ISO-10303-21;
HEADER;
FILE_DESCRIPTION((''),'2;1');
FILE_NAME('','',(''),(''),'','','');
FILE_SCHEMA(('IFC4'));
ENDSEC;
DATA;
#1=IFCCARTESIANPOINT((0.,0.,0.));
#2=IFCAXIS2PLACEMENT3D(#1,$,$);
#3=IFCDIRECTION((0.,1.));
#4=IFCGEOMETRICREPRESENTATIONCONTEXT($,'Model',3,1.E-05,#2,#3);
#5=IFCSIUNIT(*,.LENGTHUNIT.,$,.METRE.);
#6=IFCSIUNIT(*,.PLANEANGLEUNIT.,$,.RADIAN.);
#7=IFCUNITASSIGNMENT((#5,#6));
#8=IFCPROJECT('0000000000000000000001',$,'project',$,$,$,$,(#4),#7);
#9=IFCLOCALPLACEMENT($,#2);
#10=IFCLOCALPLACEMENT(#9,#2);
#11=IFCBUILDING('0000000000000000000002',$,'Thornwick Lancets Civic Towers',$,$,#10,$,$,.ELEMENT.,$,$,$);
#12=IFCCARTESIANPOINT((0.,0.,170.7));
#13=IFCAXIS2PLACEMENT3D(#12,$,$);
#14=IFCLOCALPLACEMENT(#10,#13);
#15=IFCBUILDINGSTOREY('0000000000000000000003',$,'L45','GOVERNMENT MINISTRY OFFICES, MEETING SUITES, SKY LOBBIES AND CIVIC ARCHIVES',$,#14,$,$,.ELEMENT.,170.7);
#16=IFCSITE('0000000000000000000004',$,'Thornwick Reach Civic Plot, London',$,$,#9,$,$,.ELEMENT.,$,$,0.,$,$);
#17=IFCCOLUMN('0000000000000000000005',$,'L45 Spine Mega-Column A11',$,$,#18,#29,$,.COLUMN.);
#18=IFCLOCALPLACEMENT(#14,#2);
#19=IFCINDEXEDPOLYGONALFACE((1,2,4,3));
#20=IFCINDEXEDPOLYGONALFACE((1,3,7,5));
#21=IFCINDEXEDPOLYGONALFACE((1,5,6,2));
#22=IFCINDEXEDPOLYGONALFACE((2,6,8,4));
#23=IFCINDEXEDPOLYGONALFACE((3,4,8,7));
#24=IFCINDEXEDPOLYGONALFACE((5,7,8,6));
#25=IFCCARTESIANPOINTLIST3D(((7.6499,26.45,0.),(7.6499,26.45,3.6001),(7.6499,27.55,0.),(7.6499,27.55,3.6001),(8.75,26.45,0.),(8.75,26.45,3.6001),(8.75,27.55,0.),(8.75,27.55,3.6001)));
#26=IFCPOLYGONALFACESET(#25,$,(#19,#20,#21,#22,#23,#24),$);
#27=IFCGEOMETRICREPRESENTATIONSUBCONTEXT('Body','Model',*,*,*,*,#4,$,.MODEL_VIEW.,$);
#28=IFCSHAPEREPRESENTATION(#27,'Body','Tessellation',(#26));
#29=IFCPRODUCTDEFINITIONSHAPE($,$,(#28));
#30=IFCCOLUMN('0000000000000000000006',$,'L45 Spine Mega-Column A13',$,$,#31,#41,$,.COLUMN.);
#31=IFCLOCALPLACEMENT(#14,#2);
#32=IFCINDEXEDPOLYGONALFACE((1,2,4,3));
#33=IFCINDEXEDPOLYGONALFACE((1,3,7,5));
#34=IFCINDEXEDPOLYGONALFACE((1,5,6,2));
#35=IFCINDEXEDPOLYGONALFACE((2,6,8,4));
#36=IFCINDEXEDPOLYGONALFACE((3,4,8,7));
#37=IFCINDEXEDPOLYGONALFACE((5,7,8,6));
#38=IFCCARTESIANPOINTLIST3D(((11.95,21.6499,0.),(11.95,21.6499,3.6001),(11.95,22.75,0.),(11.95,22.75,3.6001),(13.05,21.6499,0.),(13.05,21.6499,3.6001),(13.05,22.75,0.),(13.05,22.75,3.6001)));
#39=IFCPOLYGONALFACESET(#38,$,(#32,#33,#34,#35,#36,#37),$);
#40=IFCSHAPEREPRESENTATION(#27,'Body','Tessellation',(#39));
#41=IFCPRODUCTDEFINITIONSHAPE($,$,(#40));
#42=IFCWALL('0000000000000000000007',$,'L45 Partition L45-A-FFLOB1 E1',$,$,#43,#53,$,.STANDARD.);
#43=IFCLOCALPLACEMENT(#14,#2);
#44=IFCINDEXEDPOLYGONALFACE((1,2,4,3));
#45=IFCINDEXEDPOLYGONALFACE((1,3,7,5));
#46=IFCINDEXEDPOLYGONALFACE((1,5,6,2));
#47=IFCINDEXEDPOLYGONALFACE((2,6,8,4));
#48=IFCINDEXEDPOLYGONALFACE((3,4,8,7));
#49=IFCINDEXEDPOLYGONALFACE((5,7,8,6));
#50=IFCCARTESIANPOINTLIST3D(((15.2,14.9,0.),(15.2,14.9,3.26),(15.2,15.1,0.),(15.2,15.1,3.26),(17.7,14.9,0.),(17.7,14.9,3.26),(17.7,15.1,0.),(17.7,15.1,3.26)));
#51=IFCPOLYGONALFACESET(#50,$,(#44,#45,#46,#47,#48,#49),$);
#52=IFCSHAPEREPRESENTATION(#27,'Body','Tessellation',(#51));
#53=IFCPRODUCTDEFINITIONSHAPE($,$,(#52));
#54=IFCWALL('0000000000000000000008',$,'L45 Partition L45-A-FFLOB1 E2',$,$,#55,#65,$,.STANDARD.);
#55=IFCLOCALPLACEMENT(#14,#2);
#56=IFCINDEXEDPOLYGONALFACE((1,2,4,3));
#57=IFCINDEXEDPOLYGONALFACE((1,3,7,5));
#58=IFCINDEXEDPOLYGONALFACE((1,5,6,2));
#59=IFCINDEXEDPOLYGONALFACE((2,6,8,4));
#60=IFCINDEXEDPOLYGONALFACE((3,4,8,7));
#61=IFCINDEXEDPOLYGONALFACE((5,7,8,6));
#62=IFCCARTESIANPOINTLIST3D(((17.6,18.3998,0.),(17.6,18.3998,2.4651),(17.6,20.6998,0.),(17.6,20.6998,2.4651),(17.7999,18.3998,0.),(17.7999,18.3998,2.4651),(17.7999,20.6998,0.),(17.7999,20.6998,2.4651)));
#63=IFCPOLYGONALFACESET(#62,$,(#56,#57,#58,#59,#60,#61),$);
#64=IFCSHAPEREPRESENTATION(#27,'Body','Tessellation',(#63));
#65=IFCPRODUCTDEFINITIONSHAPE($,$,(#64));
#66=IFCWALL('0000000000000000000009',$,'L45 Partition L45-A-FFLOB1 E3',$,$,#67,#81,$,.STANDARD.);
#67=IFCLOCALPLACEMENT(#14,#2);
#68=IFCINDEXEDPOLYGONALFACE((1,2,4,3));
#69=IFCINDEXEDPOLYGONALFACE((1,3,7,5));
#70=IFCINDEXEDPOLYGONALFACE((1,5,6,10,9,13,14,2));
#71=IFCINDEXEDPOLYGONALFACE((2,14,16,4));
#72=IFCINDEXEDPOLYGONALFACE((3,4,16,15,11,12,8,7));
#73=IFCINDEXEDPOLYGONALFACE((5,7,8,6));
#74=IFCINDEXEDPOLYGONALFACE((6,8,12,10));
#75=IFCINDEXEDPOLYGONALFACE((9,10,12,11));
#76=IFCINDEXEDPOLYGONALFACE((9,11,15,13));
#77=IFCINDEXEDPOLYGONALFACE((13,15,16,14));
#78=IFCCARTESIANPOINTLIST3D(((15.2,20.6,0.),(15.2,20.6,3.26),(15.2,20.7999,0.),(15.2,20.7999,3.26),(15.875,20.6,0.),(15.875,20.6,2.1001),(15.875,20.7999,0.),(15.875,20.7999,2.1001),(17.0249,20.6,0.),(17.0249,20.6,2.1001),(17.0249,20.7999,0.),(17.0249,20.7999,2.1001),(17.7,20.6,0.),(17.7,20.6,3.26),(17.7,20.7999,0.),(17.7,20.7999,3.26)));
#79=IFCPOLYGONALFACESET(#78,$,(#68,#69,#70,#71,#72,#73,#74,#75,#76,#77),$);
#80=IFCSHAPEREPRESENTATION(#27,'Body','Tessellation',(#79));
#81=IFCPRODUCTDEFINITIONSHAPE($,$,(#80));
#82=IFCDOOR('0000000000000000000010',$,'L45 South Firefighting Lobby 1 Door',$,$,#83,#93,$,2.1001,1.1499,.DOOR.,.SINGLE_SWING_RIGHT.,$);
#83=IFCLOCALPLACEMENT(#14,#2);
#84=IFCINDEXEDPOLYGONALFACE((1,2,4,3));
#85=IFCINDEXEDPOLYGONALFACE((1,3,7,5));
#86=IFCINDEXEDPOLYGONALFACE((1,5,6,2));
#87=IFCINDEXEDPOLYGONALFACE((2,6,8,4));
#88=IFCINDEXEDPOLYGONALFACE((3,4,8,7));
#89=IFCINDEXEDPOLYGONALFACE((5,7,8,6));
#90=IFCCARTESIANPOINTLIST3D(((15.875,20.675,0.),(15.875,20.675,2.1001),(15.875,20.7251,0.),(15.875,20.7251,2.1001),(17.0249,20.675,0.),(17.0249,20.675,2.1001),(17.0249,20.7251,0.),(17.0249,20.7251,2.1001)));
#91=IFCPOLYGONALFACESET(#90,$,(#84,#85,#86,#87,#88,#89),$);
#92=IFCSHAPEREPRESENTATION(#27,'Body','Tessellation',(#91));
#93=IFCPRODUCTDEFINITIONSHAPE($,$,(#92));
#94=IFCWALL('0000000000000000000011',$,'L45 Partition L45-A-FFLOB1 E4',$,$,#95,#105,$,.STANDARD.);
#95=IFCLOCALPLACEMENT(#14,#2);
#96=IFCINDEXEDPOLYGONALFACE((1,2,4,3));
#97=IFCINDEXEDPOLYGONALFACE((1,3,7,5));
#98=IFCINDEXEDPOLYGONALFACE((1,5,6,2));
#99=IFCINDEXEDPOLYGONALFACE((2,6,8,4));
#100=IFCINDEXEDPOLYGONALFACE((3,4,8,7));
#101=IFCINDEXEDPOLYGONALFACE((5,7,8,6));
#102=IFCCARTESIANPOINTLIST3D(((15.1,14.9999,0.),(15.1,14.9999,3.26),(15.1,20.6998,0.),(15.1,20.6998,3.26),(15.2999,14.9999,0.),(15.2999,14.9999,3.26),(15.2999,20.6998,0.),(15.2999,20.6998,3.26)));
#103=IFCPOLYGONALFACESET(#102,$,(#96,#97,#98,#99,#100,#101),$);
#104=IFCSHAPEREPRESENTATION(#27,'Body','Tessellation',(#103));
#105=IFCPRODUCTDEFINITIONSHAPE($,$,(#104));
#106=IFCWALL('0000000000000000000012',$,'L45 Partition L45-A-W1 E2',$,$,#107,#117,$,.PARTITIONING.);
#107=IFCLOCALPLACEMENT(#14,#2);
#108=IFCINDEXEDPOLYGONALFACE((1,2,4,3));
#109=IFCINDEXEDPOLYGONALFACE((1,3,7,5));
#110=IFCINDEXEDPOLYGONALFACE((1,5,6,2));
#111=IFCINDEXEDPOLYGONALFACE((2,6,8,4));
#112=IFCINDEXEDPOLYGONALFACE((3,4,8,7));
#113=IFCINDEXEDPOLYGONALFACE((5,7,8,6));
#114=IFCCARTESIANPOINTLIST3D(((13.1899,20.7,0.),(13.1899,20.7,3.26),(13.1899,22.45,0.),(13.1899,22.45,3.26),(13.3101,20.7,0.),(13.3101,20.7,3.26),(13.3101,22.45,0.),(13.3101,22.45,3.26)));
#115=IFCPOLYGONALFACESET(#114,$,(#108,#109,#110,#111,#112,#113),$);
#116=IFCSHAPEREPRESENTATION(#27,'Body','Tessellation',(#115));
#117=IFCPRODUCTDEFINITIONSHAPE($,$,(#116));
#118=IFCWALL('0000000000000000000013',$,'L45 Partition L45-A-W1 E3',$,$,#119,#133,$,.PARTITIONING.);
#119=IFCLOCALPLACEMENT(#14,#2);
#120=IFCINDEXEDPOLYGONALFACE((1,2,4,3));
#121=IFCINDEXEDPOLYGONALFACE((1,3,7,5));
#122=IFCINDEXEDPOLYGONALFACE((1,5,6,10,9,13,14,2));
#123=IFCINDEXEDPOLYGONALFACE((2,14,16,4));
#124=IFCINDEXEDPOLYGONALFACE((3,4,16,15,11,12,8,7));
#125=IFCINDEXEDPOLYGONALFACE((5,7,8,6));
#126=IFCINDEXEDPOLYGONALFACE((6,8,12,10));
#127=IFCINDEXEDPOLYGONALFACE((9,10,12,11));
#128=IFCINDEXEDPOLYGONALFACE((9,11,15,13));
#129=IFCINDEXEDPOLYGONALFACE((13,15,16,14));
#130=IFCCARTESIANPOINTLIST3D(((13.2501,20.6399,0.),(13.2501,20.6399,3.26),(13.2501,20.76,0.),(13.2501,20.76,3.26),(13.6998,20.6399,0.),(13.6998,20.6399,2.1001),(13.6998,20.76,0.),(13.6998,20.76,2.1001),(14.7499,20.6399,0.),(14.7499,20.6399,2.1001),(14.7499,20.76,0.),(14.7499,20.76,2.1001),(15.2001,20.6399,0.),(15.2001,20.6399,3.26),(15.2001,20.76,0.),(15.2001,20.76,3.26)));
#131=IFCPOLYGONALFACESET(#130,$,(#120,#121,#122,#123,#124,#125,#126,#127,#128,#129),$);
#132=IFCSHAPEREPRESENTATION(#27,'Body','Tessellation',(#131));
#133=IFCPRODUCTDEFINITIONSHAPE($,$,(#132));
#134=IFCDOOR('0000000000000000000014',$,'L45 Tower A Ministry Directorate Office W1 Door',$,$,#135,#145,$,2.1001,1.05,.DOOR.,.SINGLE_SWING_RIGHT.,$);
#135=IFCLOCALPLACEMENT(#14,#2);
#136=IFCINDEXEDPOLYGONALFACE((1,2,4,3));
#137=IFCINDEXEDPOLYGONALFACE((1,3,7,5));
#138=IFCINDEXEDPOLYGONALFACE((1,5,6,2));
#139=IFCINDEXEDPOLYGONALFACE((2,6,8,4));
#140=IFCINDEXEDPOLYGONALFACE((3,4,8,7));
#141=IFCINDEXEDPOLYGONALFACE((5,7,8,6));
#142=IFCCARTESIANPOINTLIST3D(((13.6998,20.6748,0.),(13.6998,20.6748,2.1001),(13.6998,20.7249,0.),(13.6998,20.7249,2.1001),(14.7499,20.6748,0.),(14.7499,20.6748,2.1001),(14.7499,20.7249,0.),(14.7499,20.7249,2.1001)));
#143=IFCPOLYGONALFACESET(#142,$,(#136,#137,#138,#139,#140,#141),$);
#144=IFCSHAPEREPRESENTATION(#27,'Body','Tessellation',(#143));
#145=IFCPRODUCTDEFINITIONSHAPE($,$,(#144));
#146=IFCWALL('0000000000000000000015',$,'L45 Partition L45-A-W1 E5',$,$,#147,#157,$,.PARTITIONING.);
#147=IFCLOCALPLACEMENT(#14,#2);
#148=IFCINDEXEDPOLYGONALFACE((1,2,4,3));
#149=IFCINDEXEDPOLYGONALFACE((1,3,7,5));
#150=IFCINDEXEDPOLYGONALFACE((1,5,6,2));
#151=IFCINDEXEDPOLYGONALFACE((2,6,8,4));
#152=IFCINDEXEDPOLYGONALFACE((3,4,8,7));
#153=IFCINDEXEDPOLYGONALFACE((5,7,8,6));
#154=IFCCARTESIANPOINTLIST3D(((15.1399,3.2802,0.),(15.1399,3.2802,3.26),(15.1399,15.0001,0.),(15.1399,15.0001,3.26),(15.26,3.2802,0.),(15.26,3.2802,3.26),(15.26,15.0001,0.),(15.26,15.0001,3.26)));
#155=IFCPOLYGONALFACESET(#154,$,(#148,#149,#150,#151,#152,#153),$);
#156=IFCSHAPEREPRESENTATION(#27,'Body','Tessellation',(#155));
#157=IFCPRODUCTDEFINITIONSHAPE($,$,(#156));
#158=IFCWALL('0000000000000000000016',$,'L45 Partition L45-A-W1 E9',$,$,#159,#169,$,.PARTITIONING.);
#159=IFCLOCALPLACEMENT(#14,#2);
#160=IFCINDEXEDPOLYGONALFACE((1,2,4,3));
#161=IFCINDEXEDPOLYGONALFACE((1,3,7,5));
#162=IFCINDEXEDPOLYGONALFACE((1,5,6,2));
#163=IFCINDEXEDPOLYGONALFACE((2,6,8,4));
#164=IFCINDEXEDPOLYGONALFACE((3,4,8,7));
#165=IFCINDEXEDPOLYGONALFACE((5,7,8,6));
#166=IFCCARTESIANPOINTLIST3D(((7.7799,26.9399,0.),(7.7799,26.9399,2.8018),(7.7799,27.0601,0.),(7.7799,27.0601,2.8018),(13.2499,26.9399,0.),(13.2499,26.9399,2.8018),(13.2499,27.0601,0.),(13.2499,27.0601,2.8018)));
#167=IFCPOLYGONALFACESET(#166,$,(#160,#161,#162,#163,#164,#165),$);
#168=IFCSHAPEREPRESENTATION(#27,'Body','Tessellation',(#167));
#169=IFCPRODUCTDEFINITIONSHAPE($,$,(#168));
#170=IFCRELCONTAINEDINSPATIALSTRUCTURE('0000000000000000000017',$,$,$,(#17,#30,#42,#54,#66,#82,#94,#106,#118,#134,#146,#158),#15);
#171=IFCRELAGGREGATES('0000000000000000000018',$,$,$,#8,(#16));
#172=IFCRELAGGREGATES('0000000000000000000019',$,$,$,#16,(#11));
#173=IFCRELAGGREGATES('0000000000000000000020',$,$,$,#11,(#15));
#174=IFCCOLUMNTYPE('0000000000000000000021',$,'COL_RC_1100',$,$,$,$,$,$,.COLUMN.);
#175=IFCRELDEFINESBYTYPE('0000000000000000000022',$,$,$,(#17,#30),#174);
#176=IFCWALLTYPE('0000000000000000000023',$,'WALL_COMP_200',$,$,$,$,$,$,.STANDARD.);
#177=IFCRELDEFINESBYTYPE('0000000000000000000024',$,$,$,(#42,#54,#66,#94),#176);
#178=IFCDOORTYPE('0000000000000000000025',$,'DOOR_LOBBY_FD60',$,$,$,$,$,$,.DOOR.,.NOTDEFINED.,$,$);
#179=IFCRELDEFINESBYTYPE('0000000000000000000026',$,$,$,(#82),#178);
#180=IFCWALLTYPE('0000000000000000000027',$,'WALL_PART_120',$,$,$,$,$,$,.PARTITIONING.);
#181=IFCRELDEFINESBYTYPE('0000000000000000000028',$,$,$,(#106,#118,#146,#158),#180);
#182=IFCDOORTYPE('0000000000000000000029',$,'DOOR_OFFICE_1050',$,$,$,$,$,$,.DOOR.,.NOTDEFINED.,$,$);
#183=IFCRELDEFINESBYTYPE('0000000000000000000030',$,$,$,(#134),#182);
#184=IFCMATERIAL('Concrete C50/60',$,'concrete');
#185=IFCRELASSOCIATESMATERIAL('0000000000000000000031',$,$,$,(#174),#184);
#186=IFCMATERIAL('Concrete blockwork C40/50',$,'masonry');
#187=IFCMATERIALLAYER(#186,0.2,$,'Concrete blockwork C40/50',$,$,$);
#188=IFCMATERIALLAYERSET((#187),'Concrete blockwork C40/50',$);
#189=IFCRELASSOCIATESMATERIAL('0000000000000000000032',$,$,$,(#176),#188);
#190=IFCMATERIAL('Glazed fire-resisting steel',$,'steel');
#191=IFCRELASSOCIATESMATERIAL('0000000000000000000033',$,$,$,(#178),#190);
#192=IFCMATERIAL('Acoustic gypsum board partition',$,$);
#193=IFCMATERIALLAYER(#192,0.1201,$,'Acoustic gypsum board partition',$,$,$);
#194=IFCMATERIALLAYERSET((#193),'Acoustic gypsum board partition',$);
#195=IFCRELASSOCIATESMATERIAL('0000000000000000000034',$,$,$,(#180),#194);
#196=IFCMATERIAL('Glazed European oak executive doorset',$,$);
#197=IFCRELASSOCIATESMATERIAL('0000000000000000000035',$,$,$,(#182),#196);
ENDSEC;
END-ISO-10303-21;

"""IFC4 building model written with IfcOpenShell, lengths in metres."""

from ifc_helpers import new_model, si_unit, direction, frame, frame_2d, origin, origin_2d, place, context, subcontext, project, spatial, rectangle, extrude, material, layer, layer_set, material_profile, profile_set, type_object, element, fill, save


model = new_model("IFC4")

# Units and contexts
model_context = context("Model", 3, precision=1e-05, world=origin(), true_north=direction((0.0, 1.0)))
body_context = subcontext(model_context, "Body", "Model", "MODEL_VIEW")
ifc_project = project(units=[si_unit("LENGTHUNIT", "METRE"), si_unit("PLANEANGLEUNIT", "RADIAN")], contexts=[model_context])

# Site, building, storey
site_placement = place(None, origin())
site = spatial("IfcSite", under=ifc_project, at=site_placement, Name="Thornwick Reach Civic Plot, London", CompositionType="ELEMENT", RefElevation=0.0)
building_placement = place(site_placement, origin())
building = spatial("IfcBuilding", under=site, at=building_placement, Name="Thornwick Lancets Civic Towers", CompositionType="ELEMENT")
storey_placement = place(building_placement, frame((0.0, 0.0, 170.7)))
storey = spatial("IfcBuildingStorey", under=building, at=storey_placement, Name="L45", Description="GOVERNMENT MINISTRY OFFICES, MEETING SUITES, SKY LOBBIES AND CIVIC ARCHIVES", CompositionType="ELEMENT", Elevation=170.7)

# Columns
ifc_material_1 = material(Name="Concrete C50/60", Category="concrete")
ifc_material_profile = material_profile(ifc_material_1, rectangle(XDim=1.1001, YDim=1.1001, at=origin_2d()), Name="RC 1100x1100")
ifc_profile_set = profile_set([ifc_material_profile], Name="Concrete C50/60")
column_type = type_object("IfcColumnType", Name="COL_RC_1100", PredefinedType="COLUMN", material=ifc_profile_set)
for number, where, z_axis, x_axis, name in (
    (1, (8.2, 27.0, 0.0), (0.0, 0.0, 1.0), (1.0, 0.0, 0.0), "L45 Spine Mega-Column A11"),
    (2, (12.5, 22.2, 0.0), (0.0, 0.0, 1.0), (1.0, 0.0, 0.0), "L45 Spine Mega-Column A13"),
):
    element("IfcColumn", number, at=place(storey_placement, frame(where, z_axis=z_axis, x_axis=x_axis)), inside=storey, type_object=column_type, Name=name, PredefinedType="COLUMN", context=body_context, shape_type="SweptSolid", body=[
        extrude(rectangle(XDim=1.1001, YDim=1.1001, at=origin_2d()), origin(), (0.0, 0.0, 1.0), 3.6001),
    ])

# Walls
ifc_material_2 = material(Name="Concrete blockwork C40/50", Category="masonry")
ifc_layer_1 = layer(ifc_material_2, 0.2, Name="Concrete blockwork C40/50")
ifc_layer_set_1 = layer_set([ifc_layer_1], Name="Concrete blockwork C40/50")
wall_type_1 = type_object("IfcWallType", Name="WALL_COMP_200", PredefinedType="STANDARD", material=ifc_layer_set_1)
wall_1_placement = place(storey_placement, frame((15.2, 15.0, 0.0), z_axis=(0.0, 0.0, 1.0), x_axis=(1.0, 0.0, 0.0)))
element("IfcWall", 3, at=wall_1_placement, inside=storey, type_object=wall_type_1, Name="L45 Partition L45-A-FFLOB1 E1", PredefinedType="STANDARD", context=body_context, shape_type="SweptSolid", body=[
    extrude(rectangle(XDim=2.5, YDim=0.2, at=frame_2d((1.25, 0.0))), origin(), (0.0, 0.0, 1.0), 3.26),
])
wall_2_placement = place(storey_placement, frame((17.7, 18.3999, 0.0), z_axis=(0.0, 0.0, 1.0), x_axis=(0.0, 1.0, 0.0)))
element("IfcWall", 4, at=wall_2_placement, inside=storey, type_object=wall_type_1, Name="L45 Partition L45-A-FFLOB1 E2", PredefinedType="STANDARD", context=body_context, shape_type="SweptSolid", body=[
    extrude(rectangle(XDim=2.3, YDim=0.2, at=frame_2d((1.1499, 0.0))), origin(), (0.0, 0.0, 1.0), 2.4651),
])

# Wall, opening, door
wall_3_placement = place(storey_placement, frame((17.7, 20.7, 0.0), z_axis=(0.0, 0.0, 1.0), x_axis=(-1.0, 0.0, 0.0)))
wall_3 = element("IfcWall", 5, at=wall_3_placement, inside=storey, type_object=wall_type_1, Name="L45 Partition L45-A-FFLOB1 E3", PredefinedType="STANDARD", context=body_context, shape_type="SweptSolid", body=[
    extrude(rectangle(XDim=2.5, YDim=0.2, at=frame_2d((1.25, 0.0))), origin(), (0.0, 0.0, 1.0), 3.26),
])
opening_1_placement = place(wall_3_placement, frame((0.675, 0.0, 0.0)))
opening_1 = element("IfcOpeningElement", 6, at=opening_1_placement, cuts=wall_3, PredefinedType="OPENING", context=body_context, shape_type="SweptSolid", body=[
    extrude(rectangle(XDim=1.1499, YDim=2.1001, at=frame_2d((0.575, 1.05))), frame((0.0, 0.1099, 0.0), z_axis=(0.0, -1.0, 0.0), x_axis=(1.0, 0.0, 0.0)), (0.0, 0.0, 1.0), 0.22),
])
ifc_material_3 = material(Name="Glazed fire-resisting steel", Category="steel")
door_type_1 = type_object("IfcDoorType", Name="DOOR_LOBBY_FD60", OperationType="NOTDEFINED", PredefinedType="DOOR", material=ifc_material_3)
door_1_placement = place(opening_1_placement, origin())
door_1 = element("IfcDoor", 7, at=door_1_placement, inside=storey, type_object=door_type_1, Name="L45 South Firefighting Lobby 1 Door", OperationType="SINGLE_SWING_RIGHT", OverallHeight=2.1001, OverallWidth=1.1499, PredefinedType="DOOR", context=body_context, shape_type="SweptSolid", body=[
    extrude(rectangle(XDim=1.1499, YDim=2.1001, at=frame_2d((0.575, 1.05))), frame((0.0, 0.0249, 0.0), z_axis=(0.0, -1.0, 0.0), x_axis=(1.0, 0.0, 0.0)), (0.0, 0.0, 1.0), 0.05),
])
fill(opening_1, door_1)

# Walls
wall_4_placement = place(storey_placement, frame((15.2, 20.7, 0.0), z_axis=(0.0, 0.0, 1.0), x_axis=(0.0, -1.0, 0.0)))
element("IfcWall", 8, at=wall_4_placement, inside=storey, type_object=wall_type_1, Name="L45 Partition L45-A-FFLOB1 E4", PredefinedType="STANDARD", context=body_context, shape_type="SweptSolid", body=[
    extrude(rectangle(XDim=5.7, YDim=0.2, at=frame_2d((2.8501, 0.0))), origin(), (0.0, 0.0, 1.0), 3.26),
])
ifc_material_4 = material(Name="Acoustic gypsum board partition")
ifc_layer_2 = layer(ifc_material_4, 0.1201, Name="Acoustic gypsum board partition")
ifc_layer_set_2 = layer_set([ifc_layer_2], Name="Acoustic gypsum board partition")
wall_type_2 = type_object("IfcWallType", Name="WALL_PART_120", PredefinedType="PARTITIONING", material=ifc_layer_set_2)
wall_5_placement = place(storey_placement, frame((13.25, 22.45, 0.0), z_axis=(0.0, 0.0, 1.0), x_axis=(0.0, -1.0, 0.0)))
element("IfcWall", 9, at=wall_5_placement, inside=storey, type_object=wall_type_2, Name="L45 Partition L45-A-W1 E2", PredefinedType="PARTITIONING", context=body_context, shape_type="SweptSolid", body=[
    extrude(rectangle(XDim=1.75, YDim=0.1201, at=frame_2d((0.875, 0.0))), origin(), (0.0, 0.0, 1.0), 3.26),
])

# Wall, opening, door
wall_6_placement = place(storey_placement, frame((13.25, 20.7, 0.0), z_axis=(0.0, 0.0, 1.0), x_axis=(1.0, 0.0, 0.0)))
wall_6 = element("IfcWall", 10, at=wall_6_placement, inside=storey, type_object=wall_type_2, Name="L45 Partition L45-A-W1 E3", PredefinedType="PARTITIONING", context=body_context, shape_type="SweptSolid", body=[
    extrude(rectangle(XDim=1.95, YDim=0.1201, at=frame_2d((0.9751, 0.0))), origin(), (0.0, 0.0, 1.0), 3.26),
])
opening_2_placement = place(wall_6_placement, frame((0.45, 0.0, 0.0)))
opening_2 = element("IfcOpeningElement", 11, at=opening_2_placement, cuts=wall_6, PredefinedType="OPENING", context=body_context, shape_type="SweptSolid", body=[
    extrude(rectangle(XDim=1.05, YDim=2.1001, at=frame_2d((0.5249, 1.05))), frame((0.0, 0.0701, 0.0), z_axis=(0.0, -1.0, 0.0), x_axis=(1.0, 0.0, 0.0)), (0.0, 0.0, 1.0), 0.1401),
])
ifc_material_5 = material(Name="Glazed European oak executive doorset")
door_type_2 = type_object("IfcDoorType", Name="DOOR_OFFICE_1050", OperationType="NOTDEFINED", PredefinedType="DOOR", material=ifc_material_5)
door_2_placement = place(opening_2_placement, origin())
door_2 = element("IfcDoor", 12, at=door_2_placement, inside=storey, type_object=door_type_2, Name="L45 Tower A Ministry Directorate Office W1 Door", OperationType="SINGLE_SWING_RIGHT", OverallHeight=2.1001, OverallWidth=1.05, PredefinedType="DOOR", context=body_context, shape_type="SweptSolid", body=[
    extrude(rectangle(XDim=1.05, YDim=2.1001, at=frame_2d((0.5249, 1.05))), frame((0.0, 0.0249, 0.0), z_axis=(0.0, -1.0, 0.0), x_axis=(1.0, 0.0, 0.0)), (0.0, 0.0, 1.0), 0.05),
])
fill(opening_2, door_2)

# Walls
wall_7_placement = place(storey_placement, frame((15.2, 15.0, 0.0), z_axis=(0.0, 0.0, 1.0), x_axis=(0.0, -1.0, 0.0)))
element("IfcWall", 13, at=wall_7_placement, inside=storey, type_object=wall_type_2, Name="L45 Partition L45-A-W1 E5", PredefinedType="PARTITIONING", context=body_context, shape_type="SweptSolid", body=[
    extrude(rectangle(XDim=11.72, YDim=0.1201, at=frame_2d((5.8599, 0.0))), origin(), (0.0, 0.0, 1.0), 3.26),
])
wall_8_placement = place(storey_placement, frame((7.78, 27.0, 0.0), z_axis=(0.0, 0.0, 1.0), x_axis=(1.0, 0.0, 0.0)))
element("IfcWall", 14, at=wall_8_placement, inside=storey, type_object=wall_type_2, Name="L45 Partition L45-A-W1 E9", PredefinedType="PARTITIONING", context=body_context, shape_type="SweptSolid", body=[
    extrude(rectangle(XDim=5.47, YDim=0.1201, at=frame_2d((2.7349, 0.0))), origin(), (0.0, 0.0, 1.0), 2.8018),
])

save(model, "model.ifc")
